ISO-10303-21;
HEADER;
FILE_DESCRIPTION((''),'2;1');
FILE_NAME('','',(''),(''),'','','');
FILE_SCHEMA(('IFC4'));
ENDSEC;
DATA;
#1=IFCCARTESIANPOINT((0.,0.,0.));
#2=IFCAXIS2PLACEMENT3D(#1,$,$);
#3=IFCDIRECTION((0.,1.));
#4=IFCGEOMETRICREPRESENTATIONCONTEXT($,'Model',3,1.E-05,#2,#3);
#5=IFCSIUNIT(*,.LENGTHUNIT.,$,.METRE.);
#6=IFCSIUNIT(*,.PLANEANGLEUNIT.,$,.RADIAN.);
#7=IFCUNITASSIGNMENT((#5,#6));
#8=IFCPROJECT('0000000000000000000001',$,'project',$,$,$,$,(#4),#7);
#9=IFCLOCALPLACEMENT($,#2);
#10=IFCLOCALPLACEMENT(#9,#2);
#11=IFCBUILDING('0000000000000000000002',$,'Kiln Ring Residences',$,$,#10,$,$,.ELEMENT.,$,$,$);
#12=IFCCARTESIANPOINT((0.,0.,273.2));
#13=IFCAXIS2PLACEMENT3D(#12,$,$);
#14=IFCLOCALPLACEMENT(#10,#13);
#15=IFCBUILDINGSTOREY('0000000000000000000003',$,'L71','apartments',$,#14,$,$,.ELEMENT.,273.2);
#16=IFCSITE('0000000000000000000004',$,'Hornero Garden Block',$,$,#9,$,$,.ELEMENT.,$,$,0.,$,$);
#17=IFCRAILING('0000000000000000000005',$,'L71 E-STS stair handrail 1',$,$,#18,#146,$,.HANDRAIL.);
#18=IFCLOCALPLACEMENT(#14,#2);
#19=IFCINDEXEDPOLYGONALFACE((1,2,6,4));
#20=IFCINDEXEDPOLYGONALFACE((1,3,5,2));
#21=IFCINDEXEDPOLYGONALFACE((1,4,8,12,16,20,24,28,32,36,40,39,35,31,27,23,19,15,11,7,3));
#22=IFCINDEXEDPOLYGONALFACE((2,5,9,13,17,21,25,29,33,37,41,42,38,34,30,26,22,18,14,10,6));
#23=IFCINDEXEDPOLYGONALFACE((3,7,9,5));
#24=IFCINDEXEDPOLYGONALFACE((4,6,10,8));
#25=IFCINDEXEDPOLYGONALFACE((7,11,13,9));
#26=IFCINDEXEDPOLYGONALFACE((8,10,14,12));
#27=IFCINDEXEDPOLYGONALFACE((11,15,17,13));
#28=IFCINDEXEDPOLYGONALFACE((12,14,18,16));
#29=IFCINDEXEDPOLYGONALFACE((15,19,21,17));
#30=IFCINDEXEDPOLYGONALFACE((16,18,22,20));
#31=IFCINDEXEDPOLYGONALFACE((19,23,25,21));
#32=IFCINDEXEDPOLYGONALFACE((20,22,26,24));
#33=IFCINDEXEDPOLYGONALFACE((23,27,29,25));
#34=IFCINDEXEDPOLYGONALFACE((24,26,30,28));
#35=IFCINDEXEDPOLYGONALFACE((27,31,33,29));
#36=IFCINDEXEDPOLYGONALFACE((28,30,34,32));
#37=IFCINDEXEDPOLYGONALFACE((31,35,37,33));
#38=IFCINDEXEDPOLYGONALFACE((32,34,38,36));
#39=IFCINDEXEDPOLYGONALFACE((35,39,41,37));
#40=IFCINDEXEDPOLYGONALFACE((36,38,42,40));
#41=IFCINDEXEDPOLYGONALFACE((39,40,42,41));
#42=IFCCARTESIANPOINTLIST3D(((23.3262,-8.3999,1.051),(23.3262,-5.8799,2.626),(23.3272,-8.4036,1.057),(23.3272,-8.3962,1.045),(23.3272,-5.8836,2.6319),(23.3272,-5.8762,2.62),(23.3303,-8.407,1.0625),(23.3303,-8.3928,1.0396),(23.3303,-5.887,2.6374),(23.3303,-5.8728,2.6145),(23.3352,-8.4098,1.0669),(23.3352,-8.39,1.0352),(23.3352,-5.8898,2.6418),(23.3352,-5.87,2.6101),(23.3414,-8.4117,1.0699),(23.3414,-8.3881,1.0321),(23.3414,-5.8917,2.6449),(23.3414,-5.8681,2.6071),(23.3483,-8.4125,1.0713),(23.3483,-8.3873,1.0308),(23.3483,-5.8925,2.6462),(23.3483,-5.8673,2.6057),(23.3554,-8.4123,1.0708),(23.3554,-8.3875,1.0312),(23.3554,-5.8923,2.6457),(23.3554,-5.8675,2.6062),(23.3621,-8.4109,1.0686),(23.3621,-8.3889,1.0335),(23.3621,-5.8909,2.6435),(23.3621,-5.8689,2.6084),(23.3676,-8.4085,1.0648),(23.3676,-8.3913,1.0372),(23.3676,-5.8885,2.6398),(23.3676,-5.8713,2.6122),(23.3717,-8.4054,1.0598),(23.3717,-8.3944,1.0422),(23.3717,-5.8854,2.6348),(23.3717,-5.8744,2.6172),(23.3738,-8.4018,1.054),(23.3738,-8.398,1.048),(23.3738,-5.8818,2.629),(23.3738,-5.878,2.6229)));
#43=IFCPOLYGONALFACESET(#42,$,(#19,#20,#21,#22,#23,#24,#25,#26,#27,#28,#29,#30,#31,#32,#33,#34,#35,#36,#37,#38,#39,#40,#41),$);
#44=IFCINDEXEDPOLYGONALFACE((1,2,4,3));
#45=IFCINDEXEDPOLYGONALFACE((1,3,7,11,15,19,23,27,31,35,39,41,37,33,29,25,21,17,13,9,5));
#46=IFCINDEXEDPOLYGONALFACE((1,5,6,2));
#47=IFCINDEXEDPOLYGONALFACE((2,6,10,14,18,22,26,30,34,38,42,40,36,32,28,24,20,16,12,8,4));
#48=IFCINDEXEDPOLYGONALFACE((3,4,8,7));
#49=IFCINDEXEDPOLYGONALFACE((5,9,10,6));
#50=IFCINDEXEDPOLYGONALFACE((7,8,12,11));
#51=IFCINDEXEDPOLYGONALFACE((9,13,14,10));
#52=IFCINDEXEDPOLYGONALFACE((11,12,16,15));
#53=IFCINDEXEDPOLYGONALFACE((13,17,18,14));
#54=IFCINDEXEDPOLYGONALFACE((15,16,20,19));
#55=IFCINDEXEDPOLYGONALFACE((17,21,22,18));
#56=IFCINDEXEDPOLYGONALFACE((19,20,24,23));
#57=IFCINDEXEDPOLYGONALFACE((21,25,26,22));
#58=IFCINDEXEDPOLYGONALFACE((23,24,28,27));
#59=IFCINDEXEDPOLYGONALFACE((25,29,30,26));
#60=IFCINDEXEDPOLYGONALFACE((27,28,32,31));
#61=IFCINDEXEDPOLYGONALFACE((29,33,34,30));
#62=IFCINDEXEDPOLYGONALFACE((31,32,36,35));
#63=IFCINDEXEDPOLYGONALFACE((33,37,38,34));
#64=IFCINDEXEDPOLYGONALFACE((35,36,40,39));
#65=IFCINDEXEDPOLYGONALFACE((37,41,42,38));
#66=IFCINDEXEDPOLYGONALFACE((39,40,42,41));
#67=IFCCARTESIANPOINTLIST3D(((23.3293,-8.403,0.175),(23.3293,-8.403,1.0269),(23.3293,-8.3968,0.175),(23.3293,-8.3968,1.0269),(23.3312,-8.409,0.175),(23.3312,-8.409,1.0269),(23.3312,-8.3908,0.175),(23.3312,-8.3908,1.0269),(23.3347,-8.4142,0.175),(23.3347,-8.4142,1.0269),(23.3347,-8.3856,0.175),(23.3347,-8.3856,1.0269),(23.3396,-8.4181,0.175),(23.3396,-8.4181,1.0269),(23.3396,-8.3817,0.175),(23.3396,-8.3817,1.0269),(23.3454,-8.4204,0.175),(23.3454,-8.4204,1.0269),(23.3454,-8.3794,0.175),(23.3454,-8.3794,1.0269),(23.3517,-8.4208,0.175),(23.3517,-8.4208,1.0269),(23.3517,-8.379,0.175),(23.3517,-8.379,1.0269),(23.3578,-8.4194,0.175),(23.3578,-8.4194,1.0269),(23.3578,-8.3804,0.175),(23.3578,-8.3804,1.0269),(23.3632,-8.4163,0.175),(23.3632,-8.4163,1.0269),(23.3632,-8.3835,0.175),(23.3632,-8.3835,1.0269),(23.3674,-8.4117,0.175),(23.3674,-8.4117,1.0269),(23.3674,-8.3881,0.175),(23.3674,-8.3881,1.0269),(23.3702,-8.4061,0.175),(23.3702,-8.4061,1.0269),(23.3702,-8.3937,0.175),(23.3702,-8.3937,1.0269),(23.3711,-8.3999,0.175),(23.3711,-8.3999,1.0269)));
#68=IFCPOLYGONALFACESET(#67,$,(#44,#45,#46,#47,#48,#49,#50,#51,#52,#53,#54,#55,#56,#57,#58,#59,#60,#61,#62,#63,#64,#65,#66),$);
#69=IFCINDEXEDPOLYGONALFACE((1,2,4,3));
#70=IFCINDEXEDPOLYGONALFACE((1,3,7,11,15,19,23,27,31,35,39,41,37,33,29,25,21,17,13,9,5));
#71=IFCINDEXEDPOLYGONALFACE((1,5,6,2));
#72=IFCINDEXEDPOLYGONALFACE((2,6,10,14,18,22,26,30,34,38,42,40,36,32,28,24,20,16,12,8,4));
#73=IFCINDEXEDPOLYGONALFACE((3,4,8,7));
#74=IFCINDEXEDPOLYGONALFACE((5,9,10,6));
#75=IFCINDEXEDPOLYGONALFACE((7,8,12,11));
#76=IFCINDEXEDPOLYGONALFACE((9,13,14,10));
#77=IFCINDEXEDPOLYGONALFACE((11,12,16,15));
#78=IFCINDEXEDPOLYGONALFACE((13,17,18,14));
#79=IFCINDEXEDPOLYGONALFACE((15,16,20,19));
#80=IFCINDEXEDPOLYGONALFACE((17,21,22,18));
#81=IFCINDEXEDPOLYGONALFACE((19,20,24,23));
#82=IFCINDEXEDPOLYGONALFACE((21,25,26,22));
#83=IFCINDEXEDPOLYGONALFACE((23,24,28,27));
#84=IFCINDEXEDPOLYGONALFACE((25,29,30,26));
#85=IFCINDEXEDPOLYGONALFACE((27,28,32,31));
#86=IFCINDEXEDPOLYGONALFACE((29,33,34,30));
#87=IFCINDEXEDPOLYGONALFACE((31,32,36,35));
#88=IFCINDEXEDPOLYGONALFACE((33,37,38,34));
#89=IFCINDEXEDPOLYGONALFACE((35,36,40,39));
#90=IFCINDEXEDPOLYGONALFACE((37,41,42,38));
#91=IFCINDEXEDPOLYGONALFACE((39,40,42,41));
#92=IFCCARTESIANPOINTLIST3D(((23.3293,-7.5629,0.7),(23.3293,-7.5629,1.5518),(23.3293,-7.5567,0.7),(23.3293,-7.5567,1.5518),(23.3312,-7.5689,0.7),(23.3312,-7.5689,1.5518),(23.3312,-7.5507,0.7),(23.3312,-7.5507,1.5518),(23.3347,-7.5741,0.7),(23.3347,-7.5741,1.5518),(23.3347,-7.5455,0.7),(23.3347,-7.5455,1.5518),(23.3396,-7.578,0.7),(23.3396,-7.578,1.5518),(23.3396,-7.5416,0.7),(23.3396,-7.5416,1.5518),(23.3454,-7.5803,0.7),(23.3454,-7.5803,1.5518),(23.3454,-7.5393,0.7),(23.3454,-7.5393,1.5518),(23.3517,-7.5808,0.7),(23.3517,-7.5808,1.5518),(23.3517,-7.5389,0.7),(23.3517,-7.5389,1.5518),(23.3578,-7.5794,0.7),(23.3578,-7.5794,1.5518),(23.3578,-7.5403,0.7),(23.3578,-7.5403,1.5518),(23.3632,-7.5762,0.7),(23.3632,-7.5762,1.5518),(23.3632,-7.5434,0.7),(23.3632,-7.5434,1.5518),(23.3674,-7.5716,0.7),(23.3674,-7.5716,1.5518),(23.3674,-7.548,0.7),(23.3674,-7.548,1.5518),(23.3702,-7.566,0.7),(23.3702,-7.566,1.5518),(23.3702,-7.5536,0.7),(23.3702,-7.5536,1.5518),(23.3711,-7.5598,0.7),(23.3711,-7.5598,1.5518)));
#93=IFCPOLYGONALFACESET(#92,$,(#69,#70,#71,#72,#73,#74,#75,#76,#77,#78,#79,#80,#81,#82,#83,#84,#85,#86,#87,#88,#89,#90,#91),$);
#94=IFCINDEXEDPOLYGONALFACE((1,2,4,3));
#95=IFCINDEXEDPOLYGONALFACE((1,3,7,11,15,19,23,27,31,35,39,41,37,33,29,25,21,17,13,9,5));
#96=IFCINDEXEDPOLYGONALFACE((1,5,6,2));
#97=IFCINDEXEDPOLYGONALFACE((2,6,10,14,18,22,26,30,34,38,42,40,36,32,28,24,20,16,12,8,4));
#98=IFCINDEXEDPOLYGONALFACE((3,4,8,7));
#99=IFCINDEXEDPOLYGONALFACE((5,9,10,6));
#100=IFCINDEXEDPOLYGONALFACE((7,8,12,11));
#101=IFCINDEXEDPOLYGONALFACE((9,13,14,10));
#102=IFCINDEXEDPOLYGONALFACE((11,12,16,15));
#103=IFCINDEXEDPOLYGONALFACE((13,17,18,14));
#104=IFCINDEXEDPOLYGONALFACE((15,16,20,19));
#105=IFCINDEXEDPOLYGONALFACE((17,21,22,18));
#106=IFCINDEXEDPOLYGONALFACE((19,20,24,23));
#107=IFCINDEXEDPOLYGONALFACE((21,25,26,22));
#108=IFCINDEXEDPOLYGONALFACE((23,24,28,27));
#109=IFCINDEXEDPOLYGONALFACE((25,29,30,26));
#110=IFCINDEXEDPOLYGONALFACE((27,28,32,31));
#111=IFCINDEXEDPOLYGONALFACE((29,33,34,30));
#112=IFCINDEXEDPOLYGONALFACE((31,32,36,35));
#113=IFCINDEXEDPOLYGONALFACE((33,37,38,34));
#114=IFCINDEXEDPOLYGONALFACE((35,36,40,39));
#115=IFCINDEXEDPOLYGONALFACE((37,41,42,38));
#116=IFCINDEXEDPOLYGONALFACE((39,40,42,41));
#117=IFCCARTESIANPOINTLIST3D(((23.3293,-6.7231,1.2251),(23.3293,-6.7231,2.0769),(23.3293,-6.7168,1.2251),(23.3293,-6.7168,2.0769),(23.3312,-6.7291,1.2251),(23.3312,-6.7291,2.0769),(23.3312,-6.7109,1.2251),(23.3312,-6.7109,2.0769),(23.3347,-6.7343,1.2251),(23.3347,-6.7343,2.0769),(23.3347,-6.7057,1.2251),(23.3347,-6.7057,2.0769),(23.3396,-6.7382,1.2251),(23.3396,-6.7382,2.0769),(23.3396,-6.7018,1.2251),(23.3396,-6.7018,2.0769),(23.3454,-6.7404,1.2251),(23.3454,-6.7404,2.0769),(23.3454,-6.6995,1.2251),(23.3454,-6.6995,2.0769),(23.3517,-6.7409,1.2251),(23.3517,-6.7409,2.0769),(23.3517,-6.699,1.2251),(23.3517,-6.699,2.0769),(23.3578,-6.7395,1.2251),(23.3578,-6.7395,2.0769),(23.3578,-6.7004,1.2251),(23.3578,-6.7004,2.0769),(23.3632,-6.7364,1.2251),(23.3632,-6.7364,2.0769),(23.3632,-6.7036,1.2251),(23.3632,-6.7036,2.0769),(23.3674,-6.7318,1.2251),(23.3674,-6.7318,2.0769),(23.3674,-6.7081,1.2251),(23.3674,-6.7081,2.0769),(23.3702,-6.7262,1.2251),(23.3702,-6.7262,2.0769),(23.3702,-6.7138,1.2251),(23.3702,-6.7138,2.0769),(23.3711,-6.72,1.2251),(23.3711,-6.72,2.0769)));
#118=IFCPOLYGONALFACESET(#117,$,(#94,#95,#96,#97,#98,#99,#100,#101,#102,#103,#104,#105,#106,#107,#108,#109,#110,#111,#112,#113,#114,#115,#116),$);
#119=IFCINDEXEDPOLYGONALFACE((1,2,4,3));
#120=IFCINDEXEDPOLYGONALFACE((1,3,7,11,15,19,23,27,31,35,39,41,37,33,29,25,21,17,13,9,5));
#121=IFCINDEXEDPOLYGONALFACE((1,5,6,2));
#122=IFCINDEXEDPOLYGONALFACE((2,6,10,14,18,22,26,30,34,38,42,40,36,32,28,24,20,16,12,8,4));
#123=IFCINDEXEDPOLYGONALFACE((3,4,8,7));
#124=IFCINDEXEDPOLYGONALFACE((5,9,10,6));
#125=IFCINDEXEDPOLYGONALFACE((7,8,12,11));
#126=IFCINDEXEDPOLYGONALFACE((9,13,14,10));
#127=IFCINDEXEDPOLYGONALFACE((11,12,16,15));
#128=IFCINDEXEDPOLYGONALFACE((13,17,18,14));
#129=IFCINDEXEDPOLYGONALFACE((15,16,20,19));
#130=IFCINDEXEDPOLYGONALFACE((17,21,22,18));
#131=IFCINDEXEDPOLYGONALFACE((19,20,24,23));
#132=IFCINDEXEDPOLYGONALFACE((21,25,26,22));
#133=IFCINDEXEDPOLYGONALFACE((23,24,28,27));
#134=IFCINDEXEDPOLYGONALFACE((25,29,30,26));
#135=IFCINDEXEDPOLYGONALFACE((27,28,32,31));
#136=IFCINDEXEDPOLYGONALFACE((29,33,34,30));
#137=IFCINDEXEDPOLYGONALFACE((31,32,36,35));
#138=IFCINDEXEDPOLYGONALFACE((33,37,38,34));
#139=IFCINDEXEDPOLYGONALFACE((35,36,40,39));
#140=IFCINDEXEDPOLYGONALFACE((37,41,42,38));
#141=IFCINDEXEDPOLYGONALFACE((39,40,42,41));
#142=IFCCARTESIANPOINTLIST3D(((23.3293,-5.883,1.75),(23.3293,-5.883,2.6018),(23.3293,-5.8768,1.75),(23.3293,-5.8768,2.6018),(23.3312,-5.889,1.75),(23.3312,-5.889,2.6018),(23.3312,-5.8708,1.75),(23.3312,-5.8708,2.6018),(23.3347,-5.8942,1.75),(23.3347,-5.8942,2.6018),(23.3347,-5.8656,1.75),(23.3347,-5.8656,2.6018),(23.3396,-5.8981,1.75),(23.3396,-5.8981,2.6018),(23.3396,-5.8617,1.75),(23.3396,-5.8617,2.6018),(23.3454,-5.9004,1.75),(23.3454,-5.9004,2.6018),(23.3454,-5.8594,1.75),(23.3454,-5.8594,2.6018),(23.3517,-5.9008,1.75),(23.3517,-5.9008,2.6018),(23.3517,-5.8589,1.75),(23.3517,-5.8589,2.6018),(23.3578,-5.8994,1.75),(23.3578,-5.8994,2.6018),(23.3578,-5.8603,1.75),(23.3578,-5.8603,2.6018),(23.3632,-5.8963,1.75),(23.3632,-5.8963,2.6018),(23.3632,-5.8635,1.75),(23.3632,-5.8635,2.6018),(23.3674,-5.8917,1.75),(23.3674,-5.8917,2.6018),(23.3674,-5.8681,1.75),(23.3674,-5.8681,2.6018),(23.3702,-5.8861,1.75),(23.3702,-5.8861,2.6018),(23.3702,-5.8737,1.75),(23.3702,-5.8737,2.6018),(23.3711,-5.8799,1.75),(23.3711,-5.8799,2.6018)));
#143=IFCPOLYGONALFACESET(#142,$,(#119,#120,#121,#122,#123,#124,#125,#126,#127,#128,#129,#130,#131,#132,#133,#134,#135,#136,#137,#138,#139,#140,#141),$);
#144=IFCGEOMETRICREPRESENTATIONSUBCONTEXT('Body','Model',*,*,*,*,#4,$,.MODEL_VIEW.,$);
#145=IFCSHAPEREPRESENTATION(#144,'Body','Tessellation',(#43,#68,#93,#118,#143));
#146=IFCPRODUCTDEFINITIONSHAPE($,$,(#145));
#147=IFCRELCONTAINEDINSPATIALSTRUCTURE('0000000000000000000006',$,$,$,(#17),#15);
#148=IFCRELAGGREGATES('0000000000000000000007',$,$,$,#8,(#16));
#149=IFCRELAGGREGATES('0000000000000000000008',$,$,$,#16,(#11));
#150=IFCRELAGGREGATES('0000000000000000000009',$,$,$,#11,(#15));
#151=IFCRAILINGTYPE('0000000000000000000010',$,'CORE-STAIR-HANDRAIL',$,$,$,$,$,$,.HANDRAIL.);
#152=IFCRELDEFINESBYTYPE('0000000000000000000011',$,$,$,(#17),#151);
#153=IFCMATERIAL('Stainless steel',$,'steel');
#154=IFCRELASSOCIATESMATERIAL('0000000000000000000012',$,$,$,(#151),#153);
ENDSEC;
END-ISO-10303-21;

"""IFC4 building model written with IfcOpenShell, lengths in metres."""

from ifc_helpers import new_model, si_unit, direction, frame, origin, origin_2d, place, context, subcontext, project, spatial, circle, extrude, material, type_object, element, save


model = new_model("IFC4")

# Units and contexts
model_context = context("Model", 3, precision=1e-05, world=origin(), true_north=direction((0.0, 1.0)))
body_context = subcontext(model_context, "Body", "Model", "MODEL_VIEW")
ifc_project = project(units=[si_unit("LENGTHUNIT", "METRE"), si_unit("PLANEANGLEUNIT", "RADIAN")], contexts=[model_context])

# Site, building, storey
site_placement = place(None, origin())
site = spatial("IfcSite", under=ifc_project, at=site_placement, Name="Hornero Garden Block", CompositionType="ELEMENT", RefElevation=0.0)
building_placement = place(site_placement, origin())
building = spatial("IfcBuilding", under=site, at=building_placement, Name="Kiln Ring Residences", CompositionType="ELEMENT")
storey_placement = place(building_placement, frame((0.0, 0.0, 273.2)))
storey = spatial("IfcBuildingStorey", under=building, at=storey_placement, Name="L71", Description="apartments", CompositionType="ELEMENT", Elevation=273.2)

# Railing
ifc_material_1 = material(Name="Stainless steel", Category="steel")
railing_type_1 = type_object("IfcRailingType", Name="CORE-STAIR-HANDRAIL", PredefinedType="HANDRAIL", material=ifc_material_1)
railing_1_placement = place(storey_placement, frame((23.3501, -8.3999, 0.175)))
element("IfcRailing", 1, at=railing_1_placement, inside=storey, type_object=railing_type_1, Name="L71 E-STS stair handrail 1", PredefinedType="HANDRAIL", context=body_context, shape_type="SweptSolid", body=[
    extrude(circle(Radius=0.0239, at=origin_2d()), frame((0.0, 0.0, 0.876), z_axis=(0.0, 0.848008, 0.529984), x_axis=(-1.0, 0.0, 0.0)), (0.0, 0.0, 1.0), 2.9717),
    extrude(circle(Radius=0.021, at=origin_2d()), origin(), (0.0, 0.0, 1.0), 0.8518),
    extrude(circle(Radius=0.021, at=origin_2d()), frame((0.0, 0.8401, 0.5249)), (0.0, 0.0, 1.0), 0.8518),
    extrude(circle(Radius=0.021, at=origin_2d()), frame((0.0, 1.6799, 1.05)), (0.0, 0.0, 1.0), 0.8518),
    extrude(circle(Radius=0.021, at=origin_2d()), frame((0.0, 2.52, 1.575)), (0.0, 0.0, 1.0), 0.8518),
])

save(model, "model.ifc")
